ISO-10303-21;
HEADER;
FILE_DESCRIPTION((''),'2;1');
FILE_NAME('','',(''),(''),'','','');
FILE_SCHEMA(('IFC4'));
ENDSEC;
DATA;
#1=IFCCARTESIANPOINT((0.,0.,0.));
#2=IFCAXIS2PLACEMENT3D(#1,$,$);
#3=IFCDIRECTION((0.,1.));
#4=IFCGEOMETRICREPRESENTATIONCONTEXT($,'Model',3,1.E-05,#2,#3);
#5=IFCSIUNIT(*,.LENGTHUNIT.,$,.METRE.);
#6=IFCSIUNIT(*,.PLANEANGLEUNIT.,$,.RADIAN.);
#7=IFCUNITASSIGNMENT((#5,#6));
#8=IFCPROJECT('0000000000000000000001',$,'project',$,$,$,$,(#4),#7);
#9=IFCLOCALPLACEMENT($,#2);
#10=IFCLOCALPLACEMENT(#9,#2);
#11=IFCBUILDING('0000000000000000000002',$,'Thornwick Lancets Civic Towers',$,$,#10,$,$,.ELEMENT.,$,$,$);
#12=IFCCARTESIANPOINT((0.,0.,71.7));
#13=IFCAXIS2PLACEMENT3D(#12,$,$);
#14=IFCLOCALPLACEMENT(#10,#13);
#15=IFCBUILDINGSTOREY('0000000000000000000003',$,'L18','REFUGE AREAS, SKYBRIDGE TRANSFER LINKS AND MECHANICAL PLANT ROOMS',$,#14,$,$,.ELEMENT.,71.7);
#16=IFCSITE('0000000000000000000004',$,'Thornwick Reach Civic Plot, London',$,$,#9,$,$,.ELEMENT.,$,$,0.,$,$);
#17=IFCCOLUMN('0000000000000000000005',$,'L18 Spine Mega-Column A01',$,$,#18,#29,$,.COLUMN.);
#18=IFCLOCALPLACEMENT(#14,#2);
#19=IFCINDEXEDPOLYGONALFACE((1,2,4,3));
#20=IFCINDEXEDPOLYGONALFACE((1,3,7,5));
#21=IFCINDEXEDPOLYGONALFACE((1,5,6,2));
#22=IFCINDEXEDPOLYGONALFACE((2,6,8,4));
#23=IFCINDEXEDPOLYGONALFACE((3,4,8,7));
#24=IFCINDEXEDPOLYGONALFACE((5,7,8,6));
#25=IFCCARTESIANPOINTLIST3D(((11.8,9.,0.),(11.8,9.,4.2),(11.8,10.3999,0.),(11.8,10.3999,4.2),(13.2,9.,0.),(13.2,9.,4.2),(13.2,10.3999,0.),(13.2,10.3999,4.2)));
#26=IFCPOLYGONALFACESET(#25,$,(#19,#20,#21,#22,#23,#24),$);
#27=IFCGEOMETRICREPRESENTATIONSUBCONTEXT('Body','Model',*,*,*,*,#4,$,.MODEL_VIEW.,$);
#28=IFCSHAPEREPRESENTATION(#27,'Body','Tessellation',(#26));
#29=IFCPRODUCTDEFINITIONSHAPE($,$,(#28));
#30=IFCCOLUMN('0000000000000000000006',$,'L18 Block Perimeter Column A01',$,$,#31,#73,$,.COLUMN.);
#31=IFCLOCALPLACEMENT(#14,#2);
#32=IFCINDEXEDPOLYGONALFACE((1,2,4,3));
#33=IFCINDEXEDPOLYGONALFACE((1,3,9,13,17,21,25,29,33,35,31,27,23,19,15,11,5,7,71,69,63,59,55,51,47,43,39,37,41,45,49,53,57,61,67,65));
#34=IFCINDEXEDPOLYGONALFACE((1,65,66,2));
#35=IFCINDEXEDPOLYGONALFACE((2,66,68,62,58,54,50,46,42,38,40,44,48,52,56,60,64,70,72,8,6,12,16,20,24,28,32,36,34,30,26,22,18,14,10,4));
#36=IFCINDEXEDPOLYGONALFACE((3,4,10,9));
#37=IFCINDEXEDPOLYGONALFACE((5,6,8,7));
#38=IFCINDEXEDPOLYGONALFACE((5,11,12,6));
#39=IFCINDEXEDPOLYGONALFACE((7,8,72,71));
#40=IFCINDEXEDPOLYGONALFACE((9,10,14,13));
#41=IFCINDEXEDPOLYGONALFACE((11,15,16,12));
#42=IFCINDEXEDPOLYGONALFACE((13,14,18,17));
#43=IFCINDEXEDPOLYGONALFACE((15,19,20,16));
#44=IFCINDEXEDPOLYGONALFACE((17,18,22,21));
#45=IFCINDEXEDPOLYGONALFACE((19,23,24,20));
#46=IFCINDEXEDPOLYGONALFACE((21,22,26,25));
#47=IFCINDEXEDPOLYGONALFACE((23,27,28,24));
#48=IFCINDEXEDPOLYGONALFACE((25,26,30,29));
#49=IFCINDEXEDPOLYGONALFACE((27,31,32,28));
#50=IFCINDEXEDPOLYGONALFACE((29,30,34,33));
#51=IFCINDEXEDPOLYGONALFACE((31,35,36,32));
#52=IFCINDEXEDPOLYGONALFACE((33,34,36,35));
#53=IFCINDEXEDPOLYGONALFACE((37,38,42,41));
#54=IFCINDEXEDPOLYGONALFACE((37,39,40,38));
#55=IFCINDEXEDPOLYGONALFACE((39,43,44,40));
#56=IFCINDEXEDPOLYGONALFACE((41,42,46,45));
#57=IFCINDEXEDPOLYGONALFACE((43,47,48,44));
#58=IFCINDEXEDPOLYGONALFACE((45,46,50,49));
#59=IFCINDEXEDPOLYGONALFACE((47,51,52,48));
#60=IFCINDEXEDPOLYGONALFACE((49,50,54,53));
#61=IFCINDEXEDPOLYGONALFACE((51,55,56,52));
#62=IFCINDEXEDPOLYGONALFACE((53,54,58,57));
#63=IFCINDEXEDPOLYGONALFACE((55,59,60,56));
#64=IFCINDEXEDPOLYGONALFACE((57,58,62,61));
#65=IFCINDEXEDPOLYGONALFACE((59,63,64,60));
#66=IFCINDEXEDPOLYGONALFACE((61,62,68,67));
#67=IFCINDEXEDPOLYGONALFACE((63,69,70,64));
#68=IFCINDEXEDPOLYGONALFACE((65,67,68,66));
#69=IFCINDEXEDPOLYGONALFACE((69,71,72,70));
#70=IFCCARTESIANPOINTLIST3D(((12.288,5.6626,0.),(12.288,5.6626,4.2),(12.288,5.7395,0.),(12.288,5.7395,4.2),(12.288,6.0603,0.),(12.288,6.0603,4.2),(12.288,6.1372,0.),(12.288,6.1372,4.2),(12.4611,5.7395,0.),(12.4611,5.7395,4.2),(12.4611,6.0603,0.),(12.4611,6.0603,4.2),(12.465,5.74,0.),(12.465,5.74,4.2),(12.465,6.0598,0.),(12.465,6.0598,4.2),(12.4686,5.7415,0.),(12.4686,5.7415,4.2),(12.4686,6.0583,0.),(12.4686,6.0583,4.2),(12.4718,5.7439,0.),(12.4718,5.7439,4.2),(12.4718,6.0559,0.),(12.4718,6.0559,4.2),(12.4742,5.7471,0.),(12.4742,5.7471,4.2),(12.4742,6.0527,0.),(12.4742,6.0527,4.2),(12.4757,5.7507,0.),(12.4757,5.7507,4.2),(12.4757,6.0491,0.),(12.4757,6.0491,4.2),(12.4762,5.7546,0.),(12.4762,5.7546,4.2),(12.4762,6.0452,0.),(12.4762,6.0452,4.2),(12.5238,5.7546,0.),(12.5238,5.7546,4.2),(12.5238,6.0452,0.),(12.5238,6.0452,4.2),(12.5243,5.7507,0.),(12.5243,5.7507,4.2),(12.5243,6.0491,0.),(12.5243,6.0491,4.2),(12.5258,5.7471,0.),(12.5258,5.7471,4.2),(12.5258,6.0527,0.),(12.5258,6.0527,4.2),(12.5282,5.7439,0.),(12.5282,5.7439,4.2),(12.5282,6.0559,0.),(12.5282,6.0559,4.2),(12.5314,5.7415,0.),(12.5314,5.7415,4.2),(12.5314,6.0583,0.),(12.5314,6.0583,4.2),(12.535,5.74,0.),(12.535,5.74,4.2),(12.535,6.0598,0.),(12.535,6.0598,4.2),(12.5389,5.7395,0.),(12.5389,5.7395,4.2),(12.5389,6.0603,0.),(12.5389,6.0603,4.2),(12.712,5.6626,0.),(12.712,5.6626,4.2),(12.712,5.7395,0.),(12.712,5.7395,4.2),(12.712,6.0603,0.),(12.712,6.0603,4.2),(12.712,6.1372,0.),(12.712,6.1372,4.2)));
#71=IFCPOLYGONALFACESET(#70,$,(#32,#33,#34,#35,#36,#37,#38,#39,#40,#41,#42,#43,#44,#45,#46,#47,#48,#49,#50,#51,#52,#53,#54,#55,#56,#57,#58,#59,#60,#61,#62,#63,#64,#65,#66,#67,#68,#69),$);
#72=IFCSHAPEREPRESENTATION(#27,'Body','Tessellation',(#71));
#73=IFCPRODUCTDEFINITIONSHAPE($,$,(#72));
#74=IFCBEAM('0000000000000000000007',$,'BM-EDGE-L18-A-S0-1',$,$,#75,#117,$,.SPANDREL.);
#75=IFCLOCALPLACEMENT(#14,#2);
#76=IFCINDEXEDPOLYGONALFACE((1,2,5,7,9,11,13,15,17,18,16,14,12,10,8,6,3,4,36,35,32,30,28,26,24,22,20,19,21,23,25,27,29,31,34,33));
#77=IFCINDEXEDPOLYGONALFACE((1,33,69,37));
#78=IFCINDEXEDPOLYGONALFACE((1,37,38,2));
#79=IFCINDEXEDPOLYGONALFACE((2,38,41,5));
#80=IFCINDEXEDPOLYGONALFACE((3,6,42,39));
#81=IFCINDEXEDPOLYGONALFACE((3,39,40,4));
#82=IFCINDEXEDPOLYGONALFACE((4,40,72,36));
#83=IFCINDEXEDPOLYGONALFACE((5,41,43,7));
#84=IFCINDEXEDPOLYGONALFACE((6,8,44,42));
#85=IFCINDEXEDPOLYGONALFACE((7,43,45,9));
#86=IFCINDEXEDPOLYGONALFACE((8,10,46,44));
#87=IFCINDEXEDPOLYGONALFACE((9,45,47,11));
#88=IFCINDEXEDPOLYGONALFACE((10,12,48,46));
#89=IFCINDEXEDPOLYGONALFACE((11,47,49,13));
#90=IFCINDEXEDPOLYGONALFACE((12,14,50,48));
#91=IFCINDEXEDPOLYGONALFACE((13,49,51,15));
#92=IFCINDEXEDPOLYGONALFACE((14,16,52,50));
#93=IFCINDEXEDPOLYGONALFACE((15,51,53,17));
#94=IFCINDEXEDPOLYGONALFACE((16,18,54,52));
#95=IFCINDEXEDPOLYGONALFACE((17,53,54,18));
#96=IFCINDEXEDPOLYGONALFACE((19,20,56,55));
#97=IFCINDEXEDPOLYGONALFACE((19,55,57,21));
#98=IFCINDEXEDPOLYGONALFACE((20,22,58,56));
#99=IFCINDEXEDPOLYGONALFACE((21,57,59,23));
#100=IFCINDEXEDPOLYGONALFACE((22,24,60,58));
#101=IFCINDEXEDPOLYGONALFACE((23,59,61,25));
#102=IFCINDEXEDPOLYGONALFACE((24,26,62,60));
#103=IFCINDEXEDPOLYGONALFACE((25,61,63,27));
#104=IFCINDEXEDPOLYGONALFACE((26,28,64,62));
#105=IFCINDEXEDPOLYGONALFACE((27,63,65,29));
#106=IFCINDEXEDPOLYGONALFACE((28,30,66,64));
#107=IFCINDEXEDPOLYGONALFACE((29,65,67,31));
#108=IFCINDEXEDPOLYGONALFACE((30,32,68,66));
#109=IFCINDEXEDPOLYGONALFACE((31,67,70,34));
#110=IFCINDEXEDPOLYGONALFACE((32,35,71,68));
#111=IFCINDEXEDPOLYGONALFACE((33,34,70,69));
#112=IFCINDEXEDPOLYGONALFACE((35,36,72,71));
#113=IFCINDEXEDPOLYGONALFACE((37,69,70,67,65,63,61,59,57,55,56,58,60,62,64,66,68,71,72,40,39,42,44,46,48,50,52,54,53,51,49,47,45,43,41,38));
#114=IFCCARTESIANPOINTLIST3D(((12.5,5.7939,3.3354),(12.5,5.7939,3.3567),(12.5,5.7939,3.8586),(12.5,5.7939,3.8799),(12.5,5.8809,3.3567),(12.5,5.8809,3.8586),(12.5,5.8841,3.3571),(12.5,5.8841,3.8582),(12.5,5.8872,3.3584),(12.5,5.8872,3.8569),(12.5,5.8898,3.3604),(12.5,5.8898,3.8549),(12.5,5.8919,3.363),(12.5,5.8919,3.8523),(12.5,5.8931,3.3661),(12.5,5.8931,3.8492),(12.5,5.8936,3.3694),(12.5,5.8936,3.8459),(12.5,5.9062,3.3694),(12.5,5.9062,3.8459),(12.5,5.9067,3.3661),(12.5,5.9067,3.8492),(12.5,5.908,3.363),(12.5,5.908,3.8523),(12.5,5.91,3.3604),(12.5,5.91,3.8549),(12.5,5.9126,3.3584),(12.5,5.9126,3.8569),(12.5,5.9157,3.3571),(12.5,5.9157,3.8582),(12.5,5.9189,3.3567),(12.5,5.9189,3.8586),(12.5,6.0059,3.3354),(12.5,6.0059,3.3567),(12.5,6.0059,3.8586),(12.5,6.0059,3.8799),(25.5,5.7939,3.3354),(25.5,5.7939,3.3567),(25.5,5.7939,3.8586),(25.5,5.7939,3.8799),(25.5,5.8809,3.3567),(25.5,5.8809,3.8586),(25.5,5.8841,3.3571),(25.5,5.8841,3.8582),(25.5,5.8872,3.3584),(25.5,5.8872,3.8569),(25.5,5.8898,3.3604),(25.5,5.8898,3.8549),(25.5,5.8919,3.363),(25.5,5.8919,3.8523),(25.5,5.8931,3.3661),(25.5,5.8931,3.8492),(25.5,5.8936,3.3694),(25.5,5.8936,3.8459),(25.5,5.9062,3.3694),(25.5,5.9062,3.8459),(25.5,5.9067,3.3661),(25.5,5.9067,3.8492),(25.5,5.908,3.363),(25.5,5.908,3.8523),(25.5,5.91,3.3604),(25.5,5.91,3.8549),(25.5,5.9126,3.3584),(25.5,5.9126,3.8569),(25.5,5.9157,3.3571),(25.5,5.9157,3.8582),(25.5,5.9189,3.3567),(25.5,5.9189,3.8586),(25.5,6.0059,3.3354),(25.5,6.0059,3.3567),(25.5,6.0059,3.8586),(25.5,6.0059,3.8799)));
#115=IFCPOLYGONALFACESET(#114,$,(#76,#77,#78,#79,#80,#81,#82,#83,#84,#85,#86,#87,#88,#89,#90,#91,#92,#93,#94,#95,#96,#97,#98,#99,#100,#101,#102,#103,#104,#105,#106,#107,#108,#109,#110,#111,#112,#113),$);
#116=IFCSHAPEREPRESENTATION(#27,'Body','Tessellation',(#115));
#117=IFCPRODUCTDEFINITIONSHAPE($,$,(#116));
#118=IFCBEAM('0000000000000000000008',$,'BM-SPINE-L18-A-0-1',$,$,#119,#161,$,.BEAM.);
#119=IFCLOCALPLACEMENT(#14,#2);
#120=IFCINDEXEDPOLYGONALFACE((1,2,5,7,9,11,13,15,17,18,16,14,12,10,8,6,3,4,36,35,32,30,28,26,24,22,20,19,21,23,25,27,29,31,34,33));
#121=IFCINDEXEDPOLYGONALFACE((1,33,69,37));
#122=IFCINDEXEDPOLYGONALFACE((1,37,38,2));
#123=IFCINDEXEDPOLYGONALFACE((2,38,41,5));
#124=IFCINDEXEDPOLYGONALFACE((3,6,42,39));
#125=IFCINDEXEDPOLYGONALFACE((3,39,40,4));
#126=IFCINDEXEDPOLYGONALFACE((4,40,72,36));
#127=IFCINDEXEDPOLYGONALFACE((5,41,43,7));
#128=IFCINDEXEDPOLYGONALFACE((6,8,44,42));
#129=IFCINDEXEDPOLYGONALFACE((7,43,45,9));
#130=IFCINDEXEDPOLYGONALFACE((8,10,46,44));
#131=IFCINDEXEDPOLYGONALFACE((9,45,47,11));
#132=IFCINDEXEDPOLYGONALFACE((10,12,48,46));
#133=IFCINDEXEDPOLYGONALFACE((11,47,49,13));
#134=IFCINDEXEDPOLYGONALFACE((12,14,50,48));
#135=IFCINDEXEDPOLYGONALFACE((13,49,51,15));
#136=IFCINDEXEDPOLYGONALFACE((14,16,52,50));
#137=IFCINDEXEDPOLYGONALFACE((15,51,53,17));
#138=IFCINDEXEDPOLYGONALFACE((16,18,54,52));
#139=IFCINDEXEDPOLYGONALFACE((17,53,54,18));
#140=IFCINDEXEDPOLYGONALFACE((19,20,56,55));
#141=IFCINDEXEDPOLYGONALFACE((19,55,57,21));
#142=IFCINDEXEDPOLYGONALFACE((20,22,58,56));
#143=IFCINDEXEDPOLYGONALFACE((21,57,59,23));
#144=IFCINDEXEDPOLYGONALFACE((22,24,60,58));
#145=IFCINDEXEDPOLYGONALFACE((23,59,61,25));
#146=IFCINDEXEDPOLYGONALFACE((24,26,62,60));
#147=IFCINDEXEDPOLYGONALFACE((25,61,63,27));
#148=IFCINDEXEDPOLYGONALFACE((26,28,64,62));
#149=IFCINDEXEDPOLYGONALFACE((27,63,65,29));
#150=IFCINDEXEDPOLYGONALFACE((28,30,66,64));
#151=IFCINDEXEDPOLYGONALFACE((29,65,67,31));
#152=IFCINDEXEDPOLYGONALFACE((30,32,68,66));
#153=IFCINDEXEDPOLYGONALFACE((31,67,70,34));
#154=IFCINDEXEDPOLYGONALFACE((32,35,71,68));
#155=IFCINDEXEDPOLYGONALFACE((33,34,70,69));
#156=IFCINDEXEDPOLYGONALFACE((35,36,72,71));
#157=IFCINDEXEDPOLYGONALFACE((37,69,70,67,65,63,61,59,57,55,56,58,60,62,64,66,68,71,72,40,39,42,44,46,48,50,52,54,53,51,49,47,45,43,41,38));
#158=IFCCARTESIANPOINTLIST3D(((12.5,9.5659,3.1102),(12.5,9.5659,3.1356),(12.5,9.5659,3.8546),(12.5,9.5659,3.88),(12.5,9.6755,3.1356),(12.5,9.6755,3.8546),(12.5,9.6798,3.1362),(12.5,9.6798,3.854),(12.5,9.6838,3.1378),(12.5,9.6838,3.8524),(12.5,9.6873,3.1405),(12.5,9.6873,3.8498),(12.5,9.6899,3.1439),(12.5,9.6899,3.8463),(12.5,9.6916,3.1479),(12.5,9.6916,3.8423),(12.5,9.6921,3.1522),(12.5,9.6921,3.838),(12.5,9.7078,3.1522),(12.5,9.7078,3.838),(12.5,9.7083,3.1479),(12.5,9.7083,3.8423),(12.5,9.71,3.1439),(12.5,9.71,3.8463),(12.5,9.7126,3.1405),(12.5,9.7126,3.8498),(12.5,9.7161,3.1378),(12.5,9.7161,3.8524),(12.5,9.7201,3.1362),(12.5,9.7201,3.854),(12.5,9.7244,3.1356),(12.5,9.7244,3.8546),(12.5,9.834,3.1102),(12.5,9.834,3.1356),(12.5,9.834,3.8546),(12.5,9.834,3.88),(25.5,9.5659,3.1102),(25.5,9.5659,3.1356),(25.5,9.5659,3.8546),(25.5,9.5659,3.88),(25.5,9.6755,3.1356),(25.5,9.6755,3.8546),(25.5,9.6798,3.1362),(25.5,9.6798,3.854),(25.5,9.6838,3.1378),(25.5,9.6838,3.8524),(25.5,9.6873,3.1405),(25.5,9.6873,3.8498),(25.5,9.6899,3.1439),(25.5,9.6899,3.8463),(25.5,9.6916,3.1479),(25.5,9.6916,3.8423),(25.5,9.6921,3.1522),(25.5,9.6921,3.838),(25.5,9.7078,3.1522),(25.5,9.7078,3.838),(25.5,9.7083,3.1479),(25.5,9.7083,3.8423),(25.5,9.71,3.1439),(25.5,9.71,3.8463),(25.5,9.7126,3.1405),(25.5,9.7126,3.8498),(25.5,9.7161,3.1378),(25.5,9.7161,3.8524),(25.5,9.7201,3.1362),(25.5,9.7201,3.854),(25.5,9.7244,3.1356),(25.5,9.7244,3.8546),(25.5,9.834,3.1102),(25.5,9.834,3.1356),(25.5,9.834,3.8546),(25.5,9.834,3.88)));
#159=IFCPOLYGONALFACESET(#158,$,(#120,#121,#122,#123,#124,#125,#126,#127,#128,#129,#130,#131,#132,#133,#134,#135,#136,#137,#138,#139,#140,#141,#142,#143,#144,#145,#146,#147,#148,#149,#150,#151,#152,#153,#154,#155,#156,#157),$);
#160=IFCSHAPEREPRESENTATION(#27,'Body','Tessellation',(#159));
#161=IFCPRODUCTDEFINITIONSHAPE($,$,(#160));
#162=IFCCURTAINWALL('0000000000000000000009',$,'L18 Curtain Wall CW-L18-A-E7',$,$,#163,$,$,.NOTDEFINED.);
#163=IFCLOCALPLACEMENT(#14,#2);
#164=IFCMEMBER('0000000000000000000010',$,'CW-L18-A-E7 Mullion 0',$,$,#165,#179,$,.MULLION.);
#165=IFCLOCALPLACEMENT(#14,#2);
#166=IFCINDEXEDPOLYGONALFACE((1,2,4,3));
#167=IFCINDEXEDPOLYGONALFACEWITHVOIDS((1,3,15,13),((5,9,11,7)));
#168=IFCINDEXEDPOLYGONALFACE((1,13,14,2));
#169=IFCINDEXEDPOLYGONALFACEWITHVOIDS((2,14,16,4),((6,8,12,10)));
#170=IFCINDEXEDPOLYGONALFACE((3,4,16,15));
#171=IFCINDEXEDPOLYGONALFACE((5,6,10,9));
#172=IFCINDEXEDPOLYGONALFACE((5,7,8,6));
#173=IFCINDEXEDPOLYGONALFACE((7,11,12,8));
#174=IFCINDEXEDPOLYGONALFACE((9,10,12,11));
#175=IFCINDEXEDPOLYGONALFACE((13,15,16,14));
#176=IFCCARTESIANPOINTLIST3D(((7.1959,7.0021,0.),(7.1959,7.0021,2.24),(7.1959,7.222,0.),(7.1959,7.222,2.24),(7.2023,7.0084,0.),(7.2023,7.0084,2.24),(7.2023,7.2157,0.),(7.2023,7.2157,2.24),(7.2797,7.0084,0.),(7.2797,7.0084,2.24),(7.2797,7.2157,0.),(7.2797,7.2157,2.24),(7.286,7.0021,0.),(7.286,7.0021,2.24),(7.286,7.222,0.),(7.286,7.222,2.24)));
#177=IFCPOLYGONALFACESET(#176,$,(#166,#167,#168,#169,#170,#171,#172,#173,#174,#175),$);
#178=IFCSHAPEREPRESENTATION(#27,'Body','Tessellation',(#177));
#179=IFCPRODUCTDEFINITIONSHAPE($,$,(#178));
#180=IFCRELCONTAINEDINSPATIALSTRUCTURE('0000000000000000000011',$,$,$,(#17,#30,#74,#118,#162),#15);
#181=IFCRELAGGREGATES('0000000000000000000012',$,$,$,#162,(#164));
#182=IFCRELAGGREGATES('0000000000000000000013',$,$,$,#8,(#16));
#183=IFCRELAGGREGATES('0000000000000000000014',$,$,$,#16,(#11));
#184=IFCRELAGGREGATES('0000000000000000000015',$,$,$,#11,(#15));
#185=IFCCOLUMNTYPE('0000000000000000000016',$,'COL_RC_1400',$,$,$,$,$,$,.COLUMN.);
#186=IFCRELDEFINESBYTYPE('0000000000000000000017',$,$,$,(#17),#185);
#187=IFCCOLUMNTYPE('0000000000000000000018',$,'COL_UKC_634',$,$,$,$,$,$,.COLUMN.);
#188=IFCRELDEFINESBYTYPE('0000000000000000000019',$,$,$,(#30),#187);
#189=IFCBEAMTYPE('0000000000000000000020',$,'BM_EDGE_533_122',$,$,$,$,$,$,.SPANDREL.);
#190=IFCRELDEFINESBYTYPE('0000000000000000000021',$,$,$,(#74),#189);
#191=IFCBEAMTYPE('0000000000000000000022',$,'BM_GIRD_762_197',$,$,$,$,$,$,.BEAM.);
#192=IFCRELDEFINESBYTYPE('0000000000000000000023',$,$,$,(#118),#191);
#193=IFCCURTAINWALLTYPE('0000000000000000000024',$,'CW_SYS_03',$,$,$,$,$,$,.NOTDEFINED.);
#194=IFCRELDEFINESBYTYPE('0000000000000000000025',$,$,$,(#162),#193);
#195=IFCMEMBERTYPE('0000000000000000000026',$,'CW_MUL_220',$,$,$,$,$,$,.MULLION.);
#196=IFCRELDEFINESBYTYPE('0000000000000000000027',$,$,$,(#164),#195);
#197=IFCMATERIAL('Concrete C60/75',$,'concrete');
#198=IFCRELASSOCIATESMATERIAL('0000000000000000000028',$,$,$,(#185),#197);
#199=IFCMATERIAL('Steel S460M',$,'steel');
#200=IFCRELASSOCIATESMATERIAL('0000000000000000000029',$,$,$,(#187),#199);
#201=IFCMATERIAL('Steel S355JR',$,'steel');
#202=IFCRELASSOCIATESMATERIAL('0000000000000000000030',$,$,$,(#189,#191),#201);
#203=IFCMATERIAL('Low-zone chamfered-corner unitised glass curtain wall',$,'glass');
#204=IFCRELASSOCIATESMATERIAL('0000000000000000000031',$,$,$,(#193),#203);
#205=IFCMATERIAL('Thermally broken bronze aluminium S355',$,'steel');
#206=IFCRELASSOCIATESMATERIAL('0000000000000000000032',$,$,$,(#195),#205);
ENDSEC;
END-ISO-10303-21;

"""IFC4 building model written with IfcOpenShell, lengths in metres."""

from ifc_helpers import new_model, si_unit, direction, frame, origin, origin_2d, place, context, subcontext, project, spatial, rectangle, hollow_rectangle, i_section, extrude, material, material_profile, profile_set, type_object, element, aggregate, save


model = new_model("IFC4")

# Units and contexts
model_context = context("Model", 3, precision=1e-05, world=origin(), true_north=direction((0.0, 1.0)))
body_context = subcontext(model_context, "Body", "Model", "MODEL_VIEW")
ifc_project = project(units=[si_unit("LENGTHUNIT", "METRE"), si_unit("PLANEANGLEUNIT", "RADIAN")], contexts=[model_context])

# Site, building, storey
site_placement = place(None, origin())
site = spatial("IfcSite", under=ifc_project, at=site_placement, Name="Thornwick Reach Civic Plot, London", CompositionType="ELEMENT", RefElevation=0.0)
building_placement = place(site_placement, origin())
building = spatial("IfcBuilding", under=site, at=building_placement, Name="Thornwick Lancets Civic Towers", CompositionType="ELEMENT")
storey_placement = place(building_placement, frame((0.0, 0.0, 71.7)))
storey = spatial("IfcBuildingStorey", under=building, at=storey_placement, Name="L18", Description="REFUGE AREAS, SKYBRIDGE TRANSFER LINKS AND MECHANICAL PLANT ROOMS", CompositionType="ELEMENT", Elevation=71.7)

# Columns
ifc_material_1 = material(Name="Concrete C60/75", Category="concrete")
ifc_material_profile_1 = material_profile(ifc_material_1, rectangle(XDim=1.3999, YDim=1.3999, at=origin_2d()), Name="RC 1400x1400")
ifc_profile_set_1 = profile_set([ifc_material_profile_1], Name="Concrete C60/75")
column_type_1 = type_object("IfcColumnType", Name="COL_RC_1400", PredefinedType="COLUMN", material=ifc_profile_set_1)
column_1_placement = place(storey_placement, frame((12.5, 9.7, 0.0), z_axis=(0.0, 0.0, 1.0), x_axis=(1.0, 0.0, 0.0)))
element("IfcColumn", 1, at=column_1_placement, inside=storey, type_object=column_type_1, Name="L18 Spine Mega-Column A01", PredefinedType="COLUMN", context=body_context, shape_type="SweptSolid", body=[
    extrude(rectangle(XDim=1.3999, YDim=1.3999, at=origin_2d()), origin(), (0.0, 0.0, 1.0), 4.2),
])
ifc_material_2 = material(Name="Steel S460M", Category="steel")
ifc_material_profile_2 = material_profile(ifc_material_2, i_section(OverallWidth=0.4241, OverallDepth=0.4746, WebThickness=0.0476, FlangeThickness=0.0769, FilletRadius=0.0151, at=origin_2d()), Name="UKC 356x406x634")
ifc_profile_set_2 = profile_set([ifc_material_profile_2], Name="Steel S460M")
column_type_2 = type_object("IfcColumnType", Name="COL_UKC_634", PredefinedType="COLUMN", material=ifc_profile_set_2)
column_2_placement = place(storey_placement, frame((12.5, 5.8999, 0.0), z_axis=(0.0, 0.0, 1.0), x_axis=(1.0, 0.0, 0.0)))
element("IfcColumn", 2, at=column_2_placement, inside=storey, type_object=column_type_2, Name="L18 Block Perimeter Column A01", PredefinedType="COLUMN", context=body_context, shape_type="SweptSolid", body=[
    extrude(i_section(OverallWidth=0.4241, OverallDepth=0.4746, WebThickness=0.0476, FlangeThickness=0.0769, FilletRadius=0.0151, at=origin_2d()), origin(), (0.0, 0.0, 1.0), 4.2),
])

# Beams
ifc_material_3 = material(Name="Steel S355JR", Category="steel")
ifc_material_profile_3 = material_profile(ifc_material_3, i_section(OverallWidth=0.2119, OverallDepth=0.5444, WebThickness=0.0127, FlangeThickness=0.0212, FilletRadius=0.0127, at=origin_2d()), Name="UKB 533x210x122")
ifc_profile_set_3 = profile_set([ifc_material_profile_3], Name="Steel S355JR")
beam_type_1 = type_object("IfcBeamType", Name="BM_EDGE_533_122", PredefinedType="SPANDREL", material=ifc_profile_set_3)
beam_1_placement = place(storey_placement, frame((12.5, 5.8999, 3.6077), z_axis=(1.0, 0.0, 0.0), x_axis=(0.0, 1.0, 0.0)))
element("IfcBeam", 3, at=beam_1_placement, inside=storey, type_object=beam_type_1, Name="BM-EDGE-L18-A-S0-1", PredefinedType="SPANDREL", context=body_context, shape_type="SweptSolid", body=[
    extrude(i_section(OverallWidth=0.2119, OverallDepth=0.5444, WebThickness=0.0127, FlangeThickness=0.0212, FilletRadius=0.0127, at=origin_2d()), origin(), (0.0, 0.0, 1.0), 13.0),
])
ifc_material_profile_4 = material_profile(ifc_material_3, i_section(OverallWidth=0.2681, OverallDepth=0.7698, WebThickness=0.0156, FlangeThickness=0.0254, FilletRadius=0.0166, at=origin_2d()), Name="UKB 762x267x197")
ifc_profile_set_4 = profile_set([ifc_material_profile_4], Name="Steel S355JR")
beam_type_2 = type_object("IfcBeamType", Name="BM_GIRD_762_197", PredefinedType="BEAM", material=ifc_profile_set_4)
beam_2_placement = place(storey_placement, frame((12.5, 9.7, 3.4951), z_axis=(1.0, 0.0, 0.0), x_axis=(0.0, 1.0, 0.0)))
element("IfcBeam", 4, at=beam_2_placement, inside=storey, type_object=beam_type_2, Name="BM-SPINE-L18-A-0-1", PredefinedType="BEAM", context=body_context, shape_type="SweptSolid", body=[
    extrude(i_section(OverallWidth=0.2681, OverallDepth=0.7698, WebThickness=0.0156, FlangeThickness=0.0254, FilletRadius=0.0166, at=origin_2d()), origin(), (0.0, 0.0, 1.0), 13.0),
])

# Curtain wall, member
ifc_material_4 = material(Name="Low-zone chamfered-corner unitised glass curtain wall", Category="glass")
curtain_wall_type = type_object("IfcCurtainWallType", Name="CW_SYS_03", PredefinedType="NOTDEFINED", material=ifc_material_4)
curtain_wall_placement = place(storey_placement, origin())
curtain_wall = element("IfcCurtainWall", 5, at=curtain_wall_placement, inside=storey, type_object=curtain_wall_type, Name="L18 Curtain Wall CW-L18-A-E7", PredefinedType="NOTDEFINED")
ifc_material_5 = material(Name="Thermally broken bronze aluminium S355", Category="steel")
ifc_material_profile_5 = material_profile(ifc_material_5, hollow_rectangle(XDim=0.0901, YDim=0.22, WallThickness=0.0063, at=origin_2d()), Name="RHS 220x90x6.3")
ifc_profile_set_5 = profile_set([ifc_material_profile_5], Name="Thermally broken bronze aluminium S355")
member_type_1 = type_object("IfcMemberType", Name="CW_MUL_220", PredefinedType="MULLION", material=ifc_profile_set_5)
member_1_placement = place(storey_placement, frame((7.241, 7.1121, 0.0), z_axis=(0.0, 0.0, 1.0), x_axis=(1.0, 0.0, 0.0)))
member_1 = element("IfcMember", 6, at=member_1_placement, type_object=member_type_1, Name="CW-L18-A-E7 Mullion 0", PredefinedType="MULLION", context=body_context, shape_type="SweptSolid", body=[
    extrude(hollow_rectangle(XDim=0.0901, YDim=0.22, WallThickness=0.0063, at=origin_2d()), origin(), (0.0, 0.0, 1.0), 2.24),
])

aggregate(curtain_wall, [member_1])

save(model, "model.ifc")
